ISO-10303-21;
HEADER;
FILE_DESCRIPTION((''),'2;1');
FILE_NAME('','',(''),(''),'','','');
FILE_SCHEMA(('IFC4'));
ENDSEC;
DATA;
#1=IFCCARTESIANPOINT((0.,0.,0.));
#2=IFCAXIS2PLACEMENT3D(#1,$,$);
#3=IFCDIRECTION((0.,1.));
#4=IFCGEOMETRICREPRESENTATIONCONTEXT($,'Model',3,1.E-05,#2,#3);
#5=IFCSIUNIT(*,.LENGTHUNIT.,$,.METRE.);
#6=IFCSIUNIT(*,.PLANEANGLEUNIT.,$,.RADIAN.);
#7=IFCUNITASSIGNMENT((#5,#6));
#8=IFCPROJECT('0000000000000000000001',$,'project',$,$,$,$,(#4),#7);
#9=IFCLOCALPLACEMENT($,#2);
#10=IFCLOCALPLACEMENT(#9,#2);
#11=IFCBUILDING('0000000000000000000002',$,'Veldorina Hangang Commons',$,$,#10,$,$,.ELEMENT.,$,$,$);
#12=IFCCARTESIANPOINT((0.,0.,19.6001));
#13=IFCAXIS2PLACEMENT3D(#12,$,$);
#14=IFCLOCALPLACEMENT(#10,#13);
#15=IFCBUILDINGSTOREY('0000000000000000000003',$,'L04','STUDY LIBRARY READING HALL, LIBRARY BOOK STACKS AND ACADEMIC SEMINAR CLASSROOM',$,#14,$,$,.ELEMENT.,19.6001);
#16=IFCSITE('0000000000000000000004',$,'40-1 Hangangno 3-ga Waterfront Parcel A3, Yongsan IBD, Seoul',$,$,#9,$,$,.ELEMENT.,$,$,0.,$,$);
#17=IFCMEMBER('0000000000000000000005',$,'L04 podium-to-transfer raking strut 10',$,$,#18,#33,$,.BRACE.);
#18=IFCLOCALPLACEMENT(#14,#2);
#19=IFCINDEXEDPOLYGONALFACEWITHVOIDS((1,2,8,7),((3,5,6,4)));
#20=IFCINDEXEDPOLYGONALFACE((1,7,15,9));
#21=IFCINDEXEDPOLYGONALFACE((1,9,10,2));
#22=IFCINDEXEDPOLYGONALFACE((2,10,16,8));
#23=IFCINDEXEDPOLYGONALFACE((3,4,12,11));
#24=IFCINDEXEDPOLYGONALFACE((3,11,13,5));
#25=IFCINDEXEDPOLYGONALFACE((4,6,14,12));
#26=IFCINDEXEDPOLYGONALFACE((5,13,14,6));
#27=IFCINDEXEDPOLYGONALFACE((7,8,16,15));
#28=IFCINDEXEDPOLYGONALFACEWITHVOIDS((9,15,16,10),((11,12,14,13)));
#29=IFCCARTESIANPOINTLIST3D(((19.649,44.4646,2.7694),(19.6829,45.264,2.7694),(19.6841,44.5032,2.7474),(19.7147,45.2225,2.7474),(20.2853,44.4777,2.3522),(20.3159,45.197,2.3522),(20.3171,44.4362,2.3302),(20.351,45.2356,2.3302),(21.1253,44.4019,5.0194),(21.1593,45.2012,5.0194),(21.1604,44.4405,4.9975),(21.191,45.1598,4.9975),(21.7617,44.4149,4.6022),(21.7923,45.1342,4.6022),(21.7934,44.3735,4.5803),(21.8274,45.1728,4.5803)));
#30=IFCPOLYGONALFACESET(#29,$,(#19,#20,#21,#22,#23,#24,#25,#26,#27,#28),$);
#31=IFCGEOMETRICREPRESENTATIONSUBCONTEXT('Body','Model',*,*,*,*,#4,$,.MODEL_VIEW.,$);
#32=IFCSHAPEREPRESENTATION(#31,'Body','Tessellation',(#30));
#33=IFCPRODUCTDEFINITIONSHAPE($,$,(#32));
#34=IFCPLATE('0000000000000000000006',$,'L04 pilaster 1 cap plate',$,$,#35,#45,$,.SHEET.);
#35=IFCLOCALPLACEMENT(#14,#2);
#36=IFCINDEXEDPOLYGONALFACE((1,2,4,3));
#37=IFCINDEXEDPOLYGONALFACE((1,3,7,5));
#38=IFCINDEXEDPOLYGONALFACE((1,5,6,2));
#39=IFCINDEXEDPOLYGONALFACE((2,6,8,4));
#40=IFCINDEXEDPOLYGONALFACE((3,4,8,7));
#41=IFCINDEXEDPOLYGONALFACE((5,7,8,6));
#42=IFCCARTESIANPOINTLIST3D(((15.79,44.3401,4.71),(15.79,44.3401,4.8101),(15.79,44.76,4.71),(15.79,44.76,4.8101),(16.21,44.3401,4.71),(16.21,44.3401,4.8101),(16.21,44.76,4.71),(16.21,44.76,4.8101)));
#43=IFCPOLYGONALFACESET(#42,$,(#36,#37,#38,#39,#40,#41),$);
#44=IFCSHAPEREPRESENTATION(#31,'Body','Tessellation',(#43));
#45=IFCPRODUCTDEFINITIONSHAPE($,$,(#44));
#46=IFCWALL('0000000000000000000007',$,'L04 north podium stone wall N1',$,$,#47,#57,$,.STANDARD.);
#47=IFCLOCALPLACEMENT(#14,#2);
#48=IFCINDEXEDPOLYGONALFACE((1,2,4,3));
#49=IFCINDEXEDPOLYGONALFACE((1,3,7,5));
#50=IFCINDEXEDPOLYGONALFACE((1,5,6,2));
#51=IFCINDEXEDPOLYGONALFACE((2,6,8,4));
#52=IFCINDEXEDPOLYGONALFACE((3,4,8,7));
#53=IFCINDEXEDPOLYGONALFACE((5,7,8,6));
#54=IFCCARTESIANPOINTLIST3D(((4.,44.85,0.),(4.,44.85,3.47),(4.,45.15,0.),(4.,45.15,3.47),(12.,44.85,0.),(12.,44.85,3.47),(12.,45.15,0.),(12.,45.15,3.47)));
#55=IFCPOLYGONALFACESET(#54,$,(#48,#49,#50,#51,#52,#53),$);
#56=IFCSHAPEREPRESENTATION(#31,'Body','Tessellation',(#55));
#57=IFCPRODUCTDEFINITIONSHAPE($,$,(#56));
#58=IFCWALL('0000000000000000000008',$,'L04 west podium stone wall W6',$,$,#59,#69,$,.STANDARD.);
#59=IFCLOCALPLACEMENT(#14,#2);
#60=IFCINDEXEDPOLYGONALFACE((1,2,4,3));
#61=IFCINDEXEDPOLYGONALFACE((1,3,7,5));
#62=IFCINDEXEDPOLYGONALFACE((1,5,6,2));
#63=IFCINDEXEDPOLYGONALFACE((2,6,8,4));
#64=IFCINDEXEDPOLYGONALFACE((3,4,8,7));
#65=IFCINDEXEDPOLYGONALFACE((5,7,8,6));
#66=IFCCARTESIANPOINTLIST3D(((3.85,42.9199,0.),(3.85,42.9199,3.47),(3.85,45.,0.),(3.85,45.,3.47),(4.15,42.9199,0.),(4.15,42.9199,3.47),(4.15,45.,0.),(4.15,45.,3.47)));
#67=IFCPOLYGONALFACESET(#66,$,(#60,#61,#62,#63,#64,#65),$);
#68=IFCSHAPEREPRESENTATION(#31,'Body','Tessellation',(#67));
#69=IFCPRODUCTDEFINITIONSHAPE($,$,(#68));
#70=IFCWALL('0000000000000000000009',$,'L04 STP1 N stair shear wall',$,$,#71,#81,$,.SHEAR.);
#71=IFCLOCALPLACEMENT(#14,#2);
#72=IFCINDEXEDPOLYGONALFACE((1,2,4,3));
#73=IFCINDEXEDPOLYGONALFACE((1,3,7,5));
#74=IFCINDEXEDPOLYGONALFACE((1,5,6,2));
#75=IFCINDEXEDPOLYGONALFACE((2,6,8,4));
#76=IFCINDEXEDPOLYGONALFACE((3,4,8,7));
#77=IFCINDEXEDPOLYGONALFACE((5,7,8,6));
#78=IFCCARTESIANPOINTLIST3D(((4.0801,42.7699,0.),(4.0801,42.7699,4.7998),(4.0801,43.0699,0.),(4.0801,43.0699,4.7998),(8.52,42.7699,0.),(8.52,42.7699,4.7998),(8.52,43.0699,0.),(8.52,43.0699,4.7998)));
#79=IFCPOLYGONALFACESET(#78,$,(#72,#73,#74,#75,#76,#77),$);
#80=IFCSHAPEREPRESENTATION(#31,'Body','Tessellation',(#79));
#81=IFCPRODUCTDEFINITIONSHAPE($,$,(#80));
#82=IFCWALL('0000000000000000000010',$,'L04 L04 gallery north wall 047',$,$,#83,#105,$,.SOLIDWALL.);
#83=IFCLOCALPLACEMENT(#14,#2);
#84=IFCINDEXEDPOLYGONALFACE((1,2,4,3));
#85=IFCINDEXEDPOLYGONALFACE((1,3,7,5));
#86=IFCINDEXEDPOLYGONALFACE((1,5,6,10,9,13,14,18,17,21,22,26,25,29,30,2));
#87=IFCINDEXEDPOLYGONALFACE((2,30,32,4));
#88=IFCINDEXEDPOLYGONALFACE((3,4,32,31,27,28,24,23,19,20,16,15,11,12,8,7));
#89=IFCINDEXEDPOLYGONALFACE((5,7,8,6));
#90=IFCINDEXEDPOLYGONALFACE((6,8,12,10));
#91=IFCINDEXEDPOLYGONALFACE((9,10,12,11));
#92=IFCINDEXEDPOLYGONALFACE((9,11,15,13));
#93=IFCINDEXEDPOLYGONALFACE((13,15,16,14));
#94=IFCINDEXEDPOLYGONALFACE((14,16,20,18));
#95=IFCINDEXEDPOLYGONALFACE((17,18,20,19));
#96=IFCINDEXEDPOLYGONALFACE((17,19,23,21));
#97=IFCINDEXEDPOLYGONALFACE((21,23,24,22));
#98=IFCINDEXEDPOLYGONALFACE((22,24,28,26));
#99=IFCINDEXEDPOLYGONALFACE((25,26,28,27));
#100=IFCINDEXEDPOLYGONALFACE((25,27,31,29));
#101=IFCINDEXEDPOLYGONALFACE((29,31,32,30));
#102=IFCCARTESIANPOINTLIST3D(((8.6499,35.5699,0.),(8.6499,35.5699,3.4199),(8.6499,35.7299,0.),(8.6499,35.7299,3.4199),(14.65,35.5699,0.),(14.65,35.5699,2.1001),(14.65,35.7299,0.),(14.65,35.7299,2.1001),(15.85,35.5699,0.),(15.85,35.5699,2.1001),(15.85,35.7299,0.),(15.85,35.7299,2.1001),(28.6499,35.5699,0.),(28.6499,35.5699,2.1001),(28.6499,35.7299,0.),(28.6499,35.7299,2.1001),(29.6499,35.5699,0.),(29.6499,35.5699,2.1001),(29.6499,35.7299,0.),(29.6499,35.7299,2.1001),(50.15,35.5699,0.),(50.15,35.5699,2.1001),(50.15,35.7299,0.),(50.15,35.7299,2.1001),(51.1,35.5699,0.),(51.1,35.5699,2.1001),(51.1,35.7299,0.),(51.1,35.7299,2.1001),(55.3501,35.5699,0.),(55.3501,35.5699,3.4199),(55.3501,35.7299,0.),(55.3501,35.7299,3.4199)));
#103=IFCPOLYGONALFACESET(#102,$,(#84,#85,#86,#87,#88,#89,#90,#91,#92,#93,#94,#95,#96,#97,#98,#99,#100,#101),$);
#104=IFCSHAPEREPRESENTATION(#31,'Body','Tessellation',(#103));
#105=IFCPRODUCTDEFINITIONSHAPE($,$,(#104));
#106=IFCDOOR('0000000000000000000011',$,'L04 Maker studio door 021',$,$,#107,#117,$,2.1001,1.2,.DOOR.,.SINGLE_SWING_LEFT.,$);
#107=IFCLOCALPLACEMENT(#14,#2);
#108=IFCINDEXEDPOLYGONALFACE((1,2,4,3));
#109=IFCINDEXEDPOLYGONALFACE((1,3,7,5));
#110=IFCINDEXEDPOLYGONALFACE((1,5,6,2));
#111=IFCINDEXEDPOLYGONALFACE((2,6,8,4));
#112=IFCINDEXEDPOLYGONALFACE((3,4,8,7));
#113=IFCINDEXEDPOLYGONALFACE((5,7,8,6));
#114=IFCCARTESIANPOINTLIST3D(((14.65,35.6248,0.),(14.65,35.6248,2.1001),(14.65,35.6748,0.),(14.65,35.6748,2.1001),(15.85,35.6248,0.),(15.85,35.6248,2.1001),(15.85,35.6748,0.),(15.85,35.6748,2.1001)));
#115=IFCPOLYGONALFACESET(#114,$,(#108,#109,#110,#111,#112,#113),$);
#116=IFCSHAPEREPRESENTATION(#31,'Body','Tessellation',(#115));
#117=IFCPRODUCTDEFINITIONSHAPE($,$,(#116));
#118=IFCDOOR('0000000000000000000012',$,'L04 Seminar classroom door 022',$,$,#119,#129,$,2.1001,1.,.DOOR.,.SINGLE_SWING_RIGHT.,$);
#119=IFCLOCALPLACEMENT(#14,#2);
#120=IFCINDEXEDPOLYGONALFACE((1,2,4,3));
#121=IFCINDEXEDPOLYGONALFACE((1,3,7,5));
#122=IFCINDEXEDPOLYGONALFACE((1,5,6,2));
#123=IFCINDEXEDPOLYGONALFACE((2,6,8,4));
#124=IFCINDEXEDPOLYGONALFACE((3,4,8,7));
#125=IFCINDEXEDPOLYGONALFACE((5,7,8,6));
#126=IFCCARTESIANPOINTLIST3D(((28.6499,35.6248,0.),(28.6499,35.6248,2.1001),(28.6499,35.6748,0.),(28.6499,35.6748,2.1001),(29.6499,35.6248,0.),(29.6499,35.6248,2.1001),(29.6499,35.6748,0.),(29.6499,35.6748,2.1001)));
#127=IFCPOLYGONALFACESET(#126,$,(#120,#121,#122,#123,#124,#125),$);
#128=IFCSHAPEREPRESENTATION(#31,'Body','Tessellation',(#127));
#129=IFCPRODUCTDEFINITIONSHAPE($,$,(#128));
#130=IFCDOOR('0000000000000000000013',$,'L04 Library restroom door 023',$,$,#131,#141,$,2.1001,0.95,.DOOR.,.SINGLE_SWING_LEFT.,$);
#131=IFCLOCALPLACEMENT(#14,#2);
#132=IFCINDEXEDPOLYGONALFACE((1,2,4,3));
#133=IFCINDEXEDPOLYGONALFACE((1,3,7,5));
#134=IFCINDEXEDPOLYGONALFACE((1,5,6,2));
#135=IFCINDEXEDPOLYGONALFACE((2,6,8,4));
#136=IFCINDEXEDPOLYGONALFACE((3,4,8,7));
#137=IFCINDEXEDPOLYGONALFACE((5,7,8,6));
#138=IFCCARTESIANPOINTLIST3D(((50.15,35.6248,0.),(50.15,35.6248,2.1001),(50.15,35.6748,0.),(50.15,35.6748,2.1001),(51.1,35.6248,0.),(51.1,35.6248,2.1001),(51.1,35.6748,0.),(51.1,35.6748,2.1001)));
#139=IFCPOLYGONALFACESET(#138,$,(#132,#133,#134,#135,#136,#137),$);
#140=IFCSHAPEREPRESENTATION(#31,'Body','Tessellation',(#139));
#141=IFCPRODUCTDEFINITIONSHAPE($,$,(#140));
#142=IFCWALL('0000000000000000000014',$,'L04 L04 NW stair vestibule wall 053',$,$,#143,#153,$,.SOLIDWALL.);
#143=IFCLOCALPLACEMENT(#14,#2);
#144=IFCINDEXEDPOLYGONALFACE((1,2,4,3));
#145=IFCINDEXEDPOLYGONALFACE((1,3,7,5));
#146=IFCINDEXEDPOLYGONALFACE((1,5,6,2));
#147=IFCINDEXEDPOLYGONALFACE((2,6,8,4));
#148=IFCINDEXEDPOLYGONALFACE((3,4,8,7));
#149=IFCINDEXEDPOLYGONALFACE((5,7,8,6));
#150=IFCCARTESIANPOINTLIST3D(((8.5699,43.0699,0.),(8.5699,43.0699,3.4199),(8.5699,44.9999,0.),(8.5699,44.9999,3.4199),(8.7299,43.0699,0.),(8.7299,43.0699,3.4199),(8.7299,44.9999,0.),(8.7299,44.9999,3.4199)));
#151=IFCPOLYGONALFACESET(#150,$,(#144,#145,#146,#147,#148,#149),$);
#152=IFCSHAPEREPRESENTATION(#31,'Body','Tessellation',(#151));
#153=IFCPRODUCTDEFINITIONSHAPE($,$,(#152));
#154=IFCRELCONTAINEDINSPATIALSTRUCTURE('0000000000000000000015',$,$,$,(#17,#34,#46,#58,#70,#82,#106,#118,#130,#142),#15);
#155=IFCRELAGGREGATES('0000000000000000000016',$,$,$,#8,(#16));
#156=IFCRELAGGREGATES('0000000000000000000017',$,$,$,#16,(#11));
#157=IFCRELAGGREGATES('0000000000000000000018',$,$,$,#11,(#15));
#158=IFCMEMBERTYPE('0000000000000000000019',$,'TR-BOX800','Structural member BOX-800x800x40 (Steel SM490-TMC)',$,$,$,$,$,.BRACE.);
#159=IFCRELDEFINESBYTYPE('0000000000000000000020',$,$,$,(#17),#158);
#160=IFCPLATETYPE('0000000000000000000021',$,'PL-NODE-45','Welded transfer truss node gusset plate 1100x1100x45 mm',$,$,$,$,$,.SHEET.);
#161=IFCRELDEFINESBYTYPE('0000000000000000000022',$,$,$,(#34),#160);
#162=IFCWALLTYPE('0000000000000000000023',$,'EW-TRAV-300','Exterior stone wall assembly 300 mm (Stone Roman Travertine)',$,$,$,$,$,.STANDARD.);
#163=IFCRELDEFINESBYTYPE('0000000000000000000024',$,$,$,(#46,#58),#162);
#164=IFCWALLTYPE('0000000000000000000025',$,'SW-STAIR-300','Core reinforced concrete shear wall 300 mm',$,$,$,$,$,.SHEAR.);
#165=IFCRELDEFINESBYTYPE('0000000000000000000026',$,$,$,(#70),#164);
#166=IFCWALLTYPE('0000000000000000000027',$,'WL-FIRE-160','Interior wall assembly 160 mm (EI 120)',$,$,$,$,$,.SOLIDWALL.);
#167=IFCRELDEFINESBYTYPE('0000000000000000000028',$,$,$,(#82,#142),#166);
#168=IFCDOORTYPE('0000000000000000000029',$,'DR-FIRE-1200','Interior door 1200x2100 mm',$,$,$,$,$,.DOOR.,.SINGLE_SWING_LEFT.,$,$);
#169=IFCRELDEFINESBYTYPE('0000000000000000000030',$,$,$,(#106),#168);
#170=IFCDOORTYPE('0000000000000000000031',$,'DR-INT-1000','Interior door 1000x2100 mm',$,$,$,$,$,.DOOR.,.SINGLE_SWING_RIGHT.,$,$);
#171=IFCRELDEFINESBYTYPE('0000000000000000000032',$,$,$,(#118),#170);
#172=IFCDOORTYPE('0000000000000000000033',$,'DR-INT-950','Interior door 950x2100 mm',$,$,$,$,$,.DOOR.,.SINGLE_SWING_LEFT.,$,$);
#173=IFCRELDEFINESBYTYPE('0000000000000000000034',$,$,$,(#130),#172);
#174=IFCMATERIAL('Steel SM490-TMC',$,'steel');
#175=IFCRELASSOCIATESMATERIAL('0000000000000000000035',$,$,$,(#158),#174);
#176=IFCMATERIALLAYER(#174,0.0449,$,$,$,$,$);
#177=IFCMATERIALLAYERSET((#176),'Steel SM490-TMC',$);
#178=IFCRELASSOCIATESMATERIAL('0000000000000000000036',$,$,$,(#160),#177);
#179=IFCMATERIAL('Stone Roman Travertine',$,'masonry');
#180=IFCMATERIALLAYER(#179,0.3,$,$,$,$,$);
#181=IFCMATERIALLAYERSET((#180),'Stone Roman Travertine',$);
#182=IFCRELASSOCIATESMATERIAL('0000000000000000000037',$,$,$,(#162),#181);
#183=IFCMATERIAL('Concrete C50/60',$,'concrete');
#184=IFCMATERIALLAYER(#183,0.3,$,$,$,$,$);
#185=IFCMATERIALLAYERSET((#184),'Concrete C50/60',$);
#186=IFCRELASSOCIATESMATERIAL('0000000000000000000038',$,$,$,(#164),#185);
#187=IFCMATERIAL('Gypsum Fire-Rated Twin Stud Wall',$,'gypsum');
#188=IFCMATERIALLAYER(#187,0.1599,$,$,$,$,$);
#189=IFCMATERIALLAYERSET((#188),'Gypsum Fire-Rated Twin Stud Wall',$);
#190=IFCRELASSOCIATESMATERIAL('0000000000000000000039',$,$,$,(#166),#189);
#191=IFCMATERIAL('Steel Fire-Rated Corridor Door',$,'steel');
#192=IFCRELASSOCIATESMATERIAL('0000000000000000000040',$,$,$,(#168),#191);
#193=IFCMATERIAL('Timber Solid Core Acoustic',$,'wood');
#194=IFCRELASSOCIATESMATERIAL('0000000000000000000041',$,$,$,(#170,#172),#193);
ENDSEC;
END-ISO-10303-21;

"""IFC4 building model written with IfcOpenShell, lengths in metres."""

from ifc_helpers import new_model, si_unit, direction, frame, frame_2d, origin, origin_2d, place, context, subcontext, project, spatial, rectangle, hollow_rectangle, extrude, material, layer, layer_set, material_profile, profile_set, type_object, element, fill, save


model = new_model("IFC4")

# Units and contexts
model_context = context("Model", 3, precision=1e-05, world=origin(), true_north=direction((0.0, 1.0)))
body_context = subcontext(model_context, "Body", "Model", "MODEL_VIEW")
ifc_project = project(units=[si_unit("LENGTHUNIT", "METRE"), si_unit("PLANEANGLEUNIT", "RADIAN")], contexts=[model_context])

# Site, building, storey
site_placement = place(None, origin())
site = spatial("IfcSite", under=ifc_project, at=site_placement, Name="40-1 Hangangno 3-ga Waterfront Parcel A3, Yongsan IBD, Seoul", CompositionType="ELEMENT", RefElevation=0.0)
building_placement = place(site_placement, origin())
building = spatial("IfcBuilding", under=site, at=building_placement, Name="Veldorina Hangang Commons", CompositionType="ELEMENT")
storey_placement = place(building_placement, frame((0.0, 0.0, 19.6001)))
storey = spatial("IfcBuildingStorey", under=building, at=storey_placement, Name="L04", Description="STUDY LIBRARY READING HALL, LIBRARY BOOK STACKS AND ACADEMIC SEMINAR CLASSROOM", CompositionType="ELEMENT", Elevation=19.6001)

# Member
ifc_material_1 = material(Name="Steel SM490-TMC", Category="steel")
ifc_material_profile_1 = material_profile(ifc_material_1, hollow_rectangle(XDim=0.8, YDim=0.8, WallThickness=0.04, at=origin_2d()), Name="BOX-800x800x40")
ifc_profile_set_1 = profile_set([ifc_material_profile_1], Name="Steel SM490-TMC")
member_type = type_object("IfcMemberType", Name="TR-BOX800", Description="Structural member BOX-800x800x40 (Steel SM490-TMC)", PredefinedType="BRACE", material=ifc_profile_set_1)
member_placement = place(storey_placement, frame((20.0, 44.8501, 2.5498), z_axis=(0.548444, -0.023309, 0.835862), x_axis=(0.042462, 0.999098, 0.0)))
element("IfcMember", 1, at=member_placement, inside=storey, type_object=member_type, Name="L04 podium-to-transfer raking strut 10", PredefinedType="BRACE", context=body_context, shape_type="SweptSolid", body=[
    extrude(hollow_rectangle(XDim=0.8, YDim=0.8, WallThickness=0.04, at=origin_2d()), origin(), (0.0, 0.0, 1.0), 2.6919),
])

# Plate
ifc_layer_1 = layer(ifc_material_1, 0.0449)
ifc_layer_set_1 = layer_set([ifc_layer_1], Name="Steel SM490-TMC")
plate_type = type_object("IfcPlateType", Name="PL-NODE-45", Description="Welded transfer truss node gusset plate 1100x1100x45 mm", PredefinedType="SHEET", material=ifc_layer_set_1)
plate_placement = place(storey_placement, frame((16.0, 44.55, 4.71), z_axis=(0.0, 0.0, 1.0), x_axis=(1.0, 0.0, 0.0)))
element("IfcPlate", 2, at=plate_placement, inside=storey, type_object=plate_type, Name="L04 pilaster 1 cap plate", PredefinedType="SHEET", context=body_context, shape_type="SweptSolid", body=[
    extrude(rectangle(XDim=0.4199, YDim=0.4199, at=origin_2d()), origin(), (0.0, 0.0, 1.0), 0.1001),
])

# Walls
ifc_material_2 = material(Name="Stone Roman Travertine", Category="masonry")
ifc_layer_2 = layer(ifc_material_2, 0.3)
ifc_layer_set_2 = layer_set([ifc_layer_2], Name="Stone Roman Travertine")
wall_type_1 = type_object("IfcWallType", Name="EW-TRAV-300", Description="Exterior stone wall assembly 300 mm (Stone Roman Travertine)", PredefinedType="STANDARD", material=ifc_layer_set_2)
wall_1_placement = place(storey_placement, frame((12.0, 45.0, 0.0), z_axis=(0.0, 0.0, 1.0), x_axis=(-1.0, 0.0, 0.0)))
element("IfcWall", 3, at=wall_1_placement, inside=storey, type_object=wall_type_1, Name="L04 north podium stone wall N1", PredefinedType="STANDARD", context=body_context, shape_type="SweptSolid", body=[
    extrude(rectangle(XDim=8.0, YDim=0.3, at=frame_2d((4.0, 0.0))), origin(), (0.0, 0.0, 1.0), 3.47),
])
wall_2_placement = place(storey_placement, frame((4.0, 45.0, 0.0), z_axis=(0.0, 0.0, 1.0), x_axis=(0.0, -1.0, 0.0)))
element("IfcWall", 4, at=wall_2_placement, inside=storey, type_object=wall_type_1, Name="L04 west podium stone wall W6", PredefinedType="STANDARD", context=body_context, shape_type="SweptSolid", body=[
    extrude(rectangle(XDim=2.0801, YDim=0.3, at=frame_2d((1.04, 0.0))), origin(), (0.0, 0.0, 1.0), 3.47),
])
ifc_material_3 = material(Name="Concrete C50/60", Category="concrete")
ifc_layer_3 = layer(ifc_material_3, 0.3)
ifc_layer_set_3 = layer_set([ifc_layer_3], Name="Concrete C50/60")
wall_type_2 = type_object("IfcWallType", Name="SW-STAIR-300", Description="Core reinforced concrete shear wall 300 mm", PredefinedType="SHEAR", material=ifc_layer_set_3)
wall_3_placement = place(storey_placement, frame((4.0801, 42.9199, 0.0), z_axis=(0.0, 0.0, 1.0), x_axis=(1.0, 0.0, 0.0)))
element("IfcWall", 5, at=wall_3_placement, inside=storey, type_object=wall_type_2, Name="L04 STP1 N stair shear wall", PredefinedType="SHEAR", context=body_context, shape_type="SweptSolid", body=[
    extrude(rectangle(XDim=4.4399, YDim=0.3, at=frame_2d((2.22, 0.0))), origin(), (0.0, 0.0, 1.0), 4.7998),
])

# Wall, openings, doors
ifc_material_4 = material(Name="Gypsum Fire-Rated Twin Stud Wall", Category="gypsum")
ifc_layer_4 = layer(ifc_material_4, 0.1599)
ifc_layer_set_4 = layer_set([ifc_layer_4], Name="Gypsum Fire-Rated Twin Stud Wall")
wall_type_3 = type_object("IfcWallType", Name="WL-FIRE-160", Description="Interior wall assembly 160 mm (EI 120)", PredefinedType="SOLIDWALL", material=ifc_layer_set_4)
wall_4_placement = place(storey_placement, frame((8.6499, 35.6499, 0.0), z_axis=(0.0, 0.0, 1.0), x_axis=(1.0, 0.0, 0.0)))
wall_4 = element("IfcWall", 6, at=wall_4_placement, inside=storey, type_object=wall_type_3, Name="L04 L04 gallery north wall 047", PredefinedType="SOLIDWALL", context=body_context, shape_type="SweptSolid", body=[
    extrude(rectangle(XDim=46.7002, YDim=0.1599, at=frame_2d((23.3501, 0.0))), origin(), (0.0, 0.0, 1.0), 3.4199),
])
opening_1_placement = place(wall_4_placement, frame((6.0, 0.0, 0.0)))
opening_1 = element("IfcOpeningElement", 7, at=opening_1_placement, cuts=wall_4, PredefinedType="OPENING", context=body_context, shape_type="SweptSolid", body=[
    extrude(rectangle(XDim=1.2, YDim=2.1001, at=frame_2d((0.6001, 1.05))), frame((0.0, 0.0898, 0.0), z_axis=(0.0, -1.0, 0.0), x_axis=(1.0, 0.0, 0.0)), (0.0, 0.0, 1.0), 0.1799),
])
opening_2_placement = place(wall_4_placement, frame((20.0, 0.0, 0.0)))
opening_2 = element("IfcOpeningElement", 8, at=opening_2_placement, cuts=wall_4, PredefinedType="OPENING", context=body_context, shape_type="SweptSolid", body=[
    extrude(rectangle(XDim=1.0, YDim=2.1001, at=frame_2d((0.5, 1.05))), frame((0.0, 0.0898, 0.0), z_axis=(0.0, -1.0, 0.0), x_axis=(1.0, 0.0, 0.0)), (0.0, 0.0, 1.0), 0.1799),
])
opening_3_placement = place(wall_4_placement, frame((41.5, 0.0, 0.0)))
opening_3 = element("IfcOpeningElement", 9, at=opening_3_placement, cuts=wall_4, PredefinedType="OPENING", context=body_context, shape_type="SweptSolid", body=[
    extrude(rectangle(XDim=0.95, YDim=2.1001, at=frame_2d((0.4751, 1.05))), frame((0.0, 0.0898, 0.0), z_axis=(0.0, -1.0, 0.0), x_axis=(1.0, 0.0, 0.0)), (0.0, 0.0, 1.0), 0.1799),
])
ifc_material_5 = material(Name="Steel Fire-Rated Corridor Door", Category="steel")
door_type_1 = type_object("IfcDoorType", Name="DR-FIRE-1200", Description="Interior door 1200x2100 mm", OperationType="SINGLE_SWING_LEFT", PredefinedType="DOOR", material=ifc_material_5)
door_1_placement = place(opening_1_placement, origin())
door_1 = element("IfcDoor", 10, at=door_1_placement, inside=storey, type_object=door_type_1, Name="L04 Maker studio door 021", OperationType="SINGLE_SWING_LEFT", OverallHeight=2.1001, OverallWidth=1.2, PredefinedType="DOOR", context=body_context, shape_type="SweptSolid", body=[
    extrude(rectangle(XDim=1.2, YDim=2.1001, at=frame_2d((0.6001, 1.05))), frame((0.0, 0.0249, 0.0), z_axis=(0.0, -1.0, 0.0), x_axis=(1.0, 0.0, 0.0)), (0.0, 0.0, 1.0), 0.05),
])
fill(opening_1, door_1)
ifc_material_6 = material(Name="Timber Solid Core Acoustic", Category="wood")
door_type_2 = type_object("IfcDoorType", Name="DR-INT-1000", Description="Interior door 1000x2100 mm", OperationType="SINGLE_SWING_RIGHT", PredefinedType="DOOR", material=ifc_material_6)
door_2_placement = place(opening_2_placement, origin())
door_2 = element("IfcDoor", 11, at=door_2_placement, inside=storey, type_object=door_type_2, Name="L04 Seminar classroom door 022", OperationType="SINGLE_SWING_RIGHT", OverallHeight=2.1001, OverallWidth=1.0, PredefinedType="DOOR", context=body_context, shape_type="SweptSolid", body=[
    extrude(rectangle(XDim=1.0, YDim=2.1001, at=frame_2d((0.5, 1.05))), frame((0.0, 0.0249, 0.0), z_axis=(0.0, -1.0, 0.0), x_axis=(1.0, 0.0, 0.0)), (0.0, 0.0, 1.0), 0.05),
])
fill(opening_2, door_2)
door_type_3 = type_object("IfcDoorType", Name="DR-INT-950", Description="Interior door 950x2100 mm", OperationType="SINGLE_SWING_LEFT", PredefinedType="DOOR", material=ifc_material_6)
door_3_placement = place(opening_3_placement, origin())
door_3 = element("IfcDoor", 12, at=door_3_placement, inside=storey, type_object=door_type_3, Name="L04 Library restroom door 023", OperationType="SINGLE_SWING_LEFT", OverallHeight=2.1001, OverallWidth=0.95, PredefinedType="DOOR", context=body_context, shape_type="SweptSolid", body=[
    extrude(rectangle(XDim=0.95, YDim=2.1001, at=frame_2d((0.4751, 1.05))), frame((0.0, 0.0249, 0.0), z_axis=(0.0, -1.0, 0.0), x_axis=(1.0, 0.0, 0.0)), (0.0, 0.0, 1.0), 0.05),
])
fill(opening_3, door_3)

# Wall
wall_5_placement = place(storey_placement, frame((8.6499, 43.0701, 0.0), z_axis=(0.0, 0.0, 1.0), x_axis=(0.0, 1.0, 0.0)))
element("IfcWall", 13, at=wall_5_placement, inside=storey, type_object=wall_type_3, Name="L04 L04 NW stair vestibule wall 053", PredefinedType="SOLIDWALL", context=body_context, shape_type="SweptSolid", body=[
    extrude(rectangle(XDim=1.9299, YDim=0.1599, at=frame_2d((0.9648, 0.0))), origin(), (0.0, 0.0, 1.0), 3.4199),
])

save(model, "model.ifc")
